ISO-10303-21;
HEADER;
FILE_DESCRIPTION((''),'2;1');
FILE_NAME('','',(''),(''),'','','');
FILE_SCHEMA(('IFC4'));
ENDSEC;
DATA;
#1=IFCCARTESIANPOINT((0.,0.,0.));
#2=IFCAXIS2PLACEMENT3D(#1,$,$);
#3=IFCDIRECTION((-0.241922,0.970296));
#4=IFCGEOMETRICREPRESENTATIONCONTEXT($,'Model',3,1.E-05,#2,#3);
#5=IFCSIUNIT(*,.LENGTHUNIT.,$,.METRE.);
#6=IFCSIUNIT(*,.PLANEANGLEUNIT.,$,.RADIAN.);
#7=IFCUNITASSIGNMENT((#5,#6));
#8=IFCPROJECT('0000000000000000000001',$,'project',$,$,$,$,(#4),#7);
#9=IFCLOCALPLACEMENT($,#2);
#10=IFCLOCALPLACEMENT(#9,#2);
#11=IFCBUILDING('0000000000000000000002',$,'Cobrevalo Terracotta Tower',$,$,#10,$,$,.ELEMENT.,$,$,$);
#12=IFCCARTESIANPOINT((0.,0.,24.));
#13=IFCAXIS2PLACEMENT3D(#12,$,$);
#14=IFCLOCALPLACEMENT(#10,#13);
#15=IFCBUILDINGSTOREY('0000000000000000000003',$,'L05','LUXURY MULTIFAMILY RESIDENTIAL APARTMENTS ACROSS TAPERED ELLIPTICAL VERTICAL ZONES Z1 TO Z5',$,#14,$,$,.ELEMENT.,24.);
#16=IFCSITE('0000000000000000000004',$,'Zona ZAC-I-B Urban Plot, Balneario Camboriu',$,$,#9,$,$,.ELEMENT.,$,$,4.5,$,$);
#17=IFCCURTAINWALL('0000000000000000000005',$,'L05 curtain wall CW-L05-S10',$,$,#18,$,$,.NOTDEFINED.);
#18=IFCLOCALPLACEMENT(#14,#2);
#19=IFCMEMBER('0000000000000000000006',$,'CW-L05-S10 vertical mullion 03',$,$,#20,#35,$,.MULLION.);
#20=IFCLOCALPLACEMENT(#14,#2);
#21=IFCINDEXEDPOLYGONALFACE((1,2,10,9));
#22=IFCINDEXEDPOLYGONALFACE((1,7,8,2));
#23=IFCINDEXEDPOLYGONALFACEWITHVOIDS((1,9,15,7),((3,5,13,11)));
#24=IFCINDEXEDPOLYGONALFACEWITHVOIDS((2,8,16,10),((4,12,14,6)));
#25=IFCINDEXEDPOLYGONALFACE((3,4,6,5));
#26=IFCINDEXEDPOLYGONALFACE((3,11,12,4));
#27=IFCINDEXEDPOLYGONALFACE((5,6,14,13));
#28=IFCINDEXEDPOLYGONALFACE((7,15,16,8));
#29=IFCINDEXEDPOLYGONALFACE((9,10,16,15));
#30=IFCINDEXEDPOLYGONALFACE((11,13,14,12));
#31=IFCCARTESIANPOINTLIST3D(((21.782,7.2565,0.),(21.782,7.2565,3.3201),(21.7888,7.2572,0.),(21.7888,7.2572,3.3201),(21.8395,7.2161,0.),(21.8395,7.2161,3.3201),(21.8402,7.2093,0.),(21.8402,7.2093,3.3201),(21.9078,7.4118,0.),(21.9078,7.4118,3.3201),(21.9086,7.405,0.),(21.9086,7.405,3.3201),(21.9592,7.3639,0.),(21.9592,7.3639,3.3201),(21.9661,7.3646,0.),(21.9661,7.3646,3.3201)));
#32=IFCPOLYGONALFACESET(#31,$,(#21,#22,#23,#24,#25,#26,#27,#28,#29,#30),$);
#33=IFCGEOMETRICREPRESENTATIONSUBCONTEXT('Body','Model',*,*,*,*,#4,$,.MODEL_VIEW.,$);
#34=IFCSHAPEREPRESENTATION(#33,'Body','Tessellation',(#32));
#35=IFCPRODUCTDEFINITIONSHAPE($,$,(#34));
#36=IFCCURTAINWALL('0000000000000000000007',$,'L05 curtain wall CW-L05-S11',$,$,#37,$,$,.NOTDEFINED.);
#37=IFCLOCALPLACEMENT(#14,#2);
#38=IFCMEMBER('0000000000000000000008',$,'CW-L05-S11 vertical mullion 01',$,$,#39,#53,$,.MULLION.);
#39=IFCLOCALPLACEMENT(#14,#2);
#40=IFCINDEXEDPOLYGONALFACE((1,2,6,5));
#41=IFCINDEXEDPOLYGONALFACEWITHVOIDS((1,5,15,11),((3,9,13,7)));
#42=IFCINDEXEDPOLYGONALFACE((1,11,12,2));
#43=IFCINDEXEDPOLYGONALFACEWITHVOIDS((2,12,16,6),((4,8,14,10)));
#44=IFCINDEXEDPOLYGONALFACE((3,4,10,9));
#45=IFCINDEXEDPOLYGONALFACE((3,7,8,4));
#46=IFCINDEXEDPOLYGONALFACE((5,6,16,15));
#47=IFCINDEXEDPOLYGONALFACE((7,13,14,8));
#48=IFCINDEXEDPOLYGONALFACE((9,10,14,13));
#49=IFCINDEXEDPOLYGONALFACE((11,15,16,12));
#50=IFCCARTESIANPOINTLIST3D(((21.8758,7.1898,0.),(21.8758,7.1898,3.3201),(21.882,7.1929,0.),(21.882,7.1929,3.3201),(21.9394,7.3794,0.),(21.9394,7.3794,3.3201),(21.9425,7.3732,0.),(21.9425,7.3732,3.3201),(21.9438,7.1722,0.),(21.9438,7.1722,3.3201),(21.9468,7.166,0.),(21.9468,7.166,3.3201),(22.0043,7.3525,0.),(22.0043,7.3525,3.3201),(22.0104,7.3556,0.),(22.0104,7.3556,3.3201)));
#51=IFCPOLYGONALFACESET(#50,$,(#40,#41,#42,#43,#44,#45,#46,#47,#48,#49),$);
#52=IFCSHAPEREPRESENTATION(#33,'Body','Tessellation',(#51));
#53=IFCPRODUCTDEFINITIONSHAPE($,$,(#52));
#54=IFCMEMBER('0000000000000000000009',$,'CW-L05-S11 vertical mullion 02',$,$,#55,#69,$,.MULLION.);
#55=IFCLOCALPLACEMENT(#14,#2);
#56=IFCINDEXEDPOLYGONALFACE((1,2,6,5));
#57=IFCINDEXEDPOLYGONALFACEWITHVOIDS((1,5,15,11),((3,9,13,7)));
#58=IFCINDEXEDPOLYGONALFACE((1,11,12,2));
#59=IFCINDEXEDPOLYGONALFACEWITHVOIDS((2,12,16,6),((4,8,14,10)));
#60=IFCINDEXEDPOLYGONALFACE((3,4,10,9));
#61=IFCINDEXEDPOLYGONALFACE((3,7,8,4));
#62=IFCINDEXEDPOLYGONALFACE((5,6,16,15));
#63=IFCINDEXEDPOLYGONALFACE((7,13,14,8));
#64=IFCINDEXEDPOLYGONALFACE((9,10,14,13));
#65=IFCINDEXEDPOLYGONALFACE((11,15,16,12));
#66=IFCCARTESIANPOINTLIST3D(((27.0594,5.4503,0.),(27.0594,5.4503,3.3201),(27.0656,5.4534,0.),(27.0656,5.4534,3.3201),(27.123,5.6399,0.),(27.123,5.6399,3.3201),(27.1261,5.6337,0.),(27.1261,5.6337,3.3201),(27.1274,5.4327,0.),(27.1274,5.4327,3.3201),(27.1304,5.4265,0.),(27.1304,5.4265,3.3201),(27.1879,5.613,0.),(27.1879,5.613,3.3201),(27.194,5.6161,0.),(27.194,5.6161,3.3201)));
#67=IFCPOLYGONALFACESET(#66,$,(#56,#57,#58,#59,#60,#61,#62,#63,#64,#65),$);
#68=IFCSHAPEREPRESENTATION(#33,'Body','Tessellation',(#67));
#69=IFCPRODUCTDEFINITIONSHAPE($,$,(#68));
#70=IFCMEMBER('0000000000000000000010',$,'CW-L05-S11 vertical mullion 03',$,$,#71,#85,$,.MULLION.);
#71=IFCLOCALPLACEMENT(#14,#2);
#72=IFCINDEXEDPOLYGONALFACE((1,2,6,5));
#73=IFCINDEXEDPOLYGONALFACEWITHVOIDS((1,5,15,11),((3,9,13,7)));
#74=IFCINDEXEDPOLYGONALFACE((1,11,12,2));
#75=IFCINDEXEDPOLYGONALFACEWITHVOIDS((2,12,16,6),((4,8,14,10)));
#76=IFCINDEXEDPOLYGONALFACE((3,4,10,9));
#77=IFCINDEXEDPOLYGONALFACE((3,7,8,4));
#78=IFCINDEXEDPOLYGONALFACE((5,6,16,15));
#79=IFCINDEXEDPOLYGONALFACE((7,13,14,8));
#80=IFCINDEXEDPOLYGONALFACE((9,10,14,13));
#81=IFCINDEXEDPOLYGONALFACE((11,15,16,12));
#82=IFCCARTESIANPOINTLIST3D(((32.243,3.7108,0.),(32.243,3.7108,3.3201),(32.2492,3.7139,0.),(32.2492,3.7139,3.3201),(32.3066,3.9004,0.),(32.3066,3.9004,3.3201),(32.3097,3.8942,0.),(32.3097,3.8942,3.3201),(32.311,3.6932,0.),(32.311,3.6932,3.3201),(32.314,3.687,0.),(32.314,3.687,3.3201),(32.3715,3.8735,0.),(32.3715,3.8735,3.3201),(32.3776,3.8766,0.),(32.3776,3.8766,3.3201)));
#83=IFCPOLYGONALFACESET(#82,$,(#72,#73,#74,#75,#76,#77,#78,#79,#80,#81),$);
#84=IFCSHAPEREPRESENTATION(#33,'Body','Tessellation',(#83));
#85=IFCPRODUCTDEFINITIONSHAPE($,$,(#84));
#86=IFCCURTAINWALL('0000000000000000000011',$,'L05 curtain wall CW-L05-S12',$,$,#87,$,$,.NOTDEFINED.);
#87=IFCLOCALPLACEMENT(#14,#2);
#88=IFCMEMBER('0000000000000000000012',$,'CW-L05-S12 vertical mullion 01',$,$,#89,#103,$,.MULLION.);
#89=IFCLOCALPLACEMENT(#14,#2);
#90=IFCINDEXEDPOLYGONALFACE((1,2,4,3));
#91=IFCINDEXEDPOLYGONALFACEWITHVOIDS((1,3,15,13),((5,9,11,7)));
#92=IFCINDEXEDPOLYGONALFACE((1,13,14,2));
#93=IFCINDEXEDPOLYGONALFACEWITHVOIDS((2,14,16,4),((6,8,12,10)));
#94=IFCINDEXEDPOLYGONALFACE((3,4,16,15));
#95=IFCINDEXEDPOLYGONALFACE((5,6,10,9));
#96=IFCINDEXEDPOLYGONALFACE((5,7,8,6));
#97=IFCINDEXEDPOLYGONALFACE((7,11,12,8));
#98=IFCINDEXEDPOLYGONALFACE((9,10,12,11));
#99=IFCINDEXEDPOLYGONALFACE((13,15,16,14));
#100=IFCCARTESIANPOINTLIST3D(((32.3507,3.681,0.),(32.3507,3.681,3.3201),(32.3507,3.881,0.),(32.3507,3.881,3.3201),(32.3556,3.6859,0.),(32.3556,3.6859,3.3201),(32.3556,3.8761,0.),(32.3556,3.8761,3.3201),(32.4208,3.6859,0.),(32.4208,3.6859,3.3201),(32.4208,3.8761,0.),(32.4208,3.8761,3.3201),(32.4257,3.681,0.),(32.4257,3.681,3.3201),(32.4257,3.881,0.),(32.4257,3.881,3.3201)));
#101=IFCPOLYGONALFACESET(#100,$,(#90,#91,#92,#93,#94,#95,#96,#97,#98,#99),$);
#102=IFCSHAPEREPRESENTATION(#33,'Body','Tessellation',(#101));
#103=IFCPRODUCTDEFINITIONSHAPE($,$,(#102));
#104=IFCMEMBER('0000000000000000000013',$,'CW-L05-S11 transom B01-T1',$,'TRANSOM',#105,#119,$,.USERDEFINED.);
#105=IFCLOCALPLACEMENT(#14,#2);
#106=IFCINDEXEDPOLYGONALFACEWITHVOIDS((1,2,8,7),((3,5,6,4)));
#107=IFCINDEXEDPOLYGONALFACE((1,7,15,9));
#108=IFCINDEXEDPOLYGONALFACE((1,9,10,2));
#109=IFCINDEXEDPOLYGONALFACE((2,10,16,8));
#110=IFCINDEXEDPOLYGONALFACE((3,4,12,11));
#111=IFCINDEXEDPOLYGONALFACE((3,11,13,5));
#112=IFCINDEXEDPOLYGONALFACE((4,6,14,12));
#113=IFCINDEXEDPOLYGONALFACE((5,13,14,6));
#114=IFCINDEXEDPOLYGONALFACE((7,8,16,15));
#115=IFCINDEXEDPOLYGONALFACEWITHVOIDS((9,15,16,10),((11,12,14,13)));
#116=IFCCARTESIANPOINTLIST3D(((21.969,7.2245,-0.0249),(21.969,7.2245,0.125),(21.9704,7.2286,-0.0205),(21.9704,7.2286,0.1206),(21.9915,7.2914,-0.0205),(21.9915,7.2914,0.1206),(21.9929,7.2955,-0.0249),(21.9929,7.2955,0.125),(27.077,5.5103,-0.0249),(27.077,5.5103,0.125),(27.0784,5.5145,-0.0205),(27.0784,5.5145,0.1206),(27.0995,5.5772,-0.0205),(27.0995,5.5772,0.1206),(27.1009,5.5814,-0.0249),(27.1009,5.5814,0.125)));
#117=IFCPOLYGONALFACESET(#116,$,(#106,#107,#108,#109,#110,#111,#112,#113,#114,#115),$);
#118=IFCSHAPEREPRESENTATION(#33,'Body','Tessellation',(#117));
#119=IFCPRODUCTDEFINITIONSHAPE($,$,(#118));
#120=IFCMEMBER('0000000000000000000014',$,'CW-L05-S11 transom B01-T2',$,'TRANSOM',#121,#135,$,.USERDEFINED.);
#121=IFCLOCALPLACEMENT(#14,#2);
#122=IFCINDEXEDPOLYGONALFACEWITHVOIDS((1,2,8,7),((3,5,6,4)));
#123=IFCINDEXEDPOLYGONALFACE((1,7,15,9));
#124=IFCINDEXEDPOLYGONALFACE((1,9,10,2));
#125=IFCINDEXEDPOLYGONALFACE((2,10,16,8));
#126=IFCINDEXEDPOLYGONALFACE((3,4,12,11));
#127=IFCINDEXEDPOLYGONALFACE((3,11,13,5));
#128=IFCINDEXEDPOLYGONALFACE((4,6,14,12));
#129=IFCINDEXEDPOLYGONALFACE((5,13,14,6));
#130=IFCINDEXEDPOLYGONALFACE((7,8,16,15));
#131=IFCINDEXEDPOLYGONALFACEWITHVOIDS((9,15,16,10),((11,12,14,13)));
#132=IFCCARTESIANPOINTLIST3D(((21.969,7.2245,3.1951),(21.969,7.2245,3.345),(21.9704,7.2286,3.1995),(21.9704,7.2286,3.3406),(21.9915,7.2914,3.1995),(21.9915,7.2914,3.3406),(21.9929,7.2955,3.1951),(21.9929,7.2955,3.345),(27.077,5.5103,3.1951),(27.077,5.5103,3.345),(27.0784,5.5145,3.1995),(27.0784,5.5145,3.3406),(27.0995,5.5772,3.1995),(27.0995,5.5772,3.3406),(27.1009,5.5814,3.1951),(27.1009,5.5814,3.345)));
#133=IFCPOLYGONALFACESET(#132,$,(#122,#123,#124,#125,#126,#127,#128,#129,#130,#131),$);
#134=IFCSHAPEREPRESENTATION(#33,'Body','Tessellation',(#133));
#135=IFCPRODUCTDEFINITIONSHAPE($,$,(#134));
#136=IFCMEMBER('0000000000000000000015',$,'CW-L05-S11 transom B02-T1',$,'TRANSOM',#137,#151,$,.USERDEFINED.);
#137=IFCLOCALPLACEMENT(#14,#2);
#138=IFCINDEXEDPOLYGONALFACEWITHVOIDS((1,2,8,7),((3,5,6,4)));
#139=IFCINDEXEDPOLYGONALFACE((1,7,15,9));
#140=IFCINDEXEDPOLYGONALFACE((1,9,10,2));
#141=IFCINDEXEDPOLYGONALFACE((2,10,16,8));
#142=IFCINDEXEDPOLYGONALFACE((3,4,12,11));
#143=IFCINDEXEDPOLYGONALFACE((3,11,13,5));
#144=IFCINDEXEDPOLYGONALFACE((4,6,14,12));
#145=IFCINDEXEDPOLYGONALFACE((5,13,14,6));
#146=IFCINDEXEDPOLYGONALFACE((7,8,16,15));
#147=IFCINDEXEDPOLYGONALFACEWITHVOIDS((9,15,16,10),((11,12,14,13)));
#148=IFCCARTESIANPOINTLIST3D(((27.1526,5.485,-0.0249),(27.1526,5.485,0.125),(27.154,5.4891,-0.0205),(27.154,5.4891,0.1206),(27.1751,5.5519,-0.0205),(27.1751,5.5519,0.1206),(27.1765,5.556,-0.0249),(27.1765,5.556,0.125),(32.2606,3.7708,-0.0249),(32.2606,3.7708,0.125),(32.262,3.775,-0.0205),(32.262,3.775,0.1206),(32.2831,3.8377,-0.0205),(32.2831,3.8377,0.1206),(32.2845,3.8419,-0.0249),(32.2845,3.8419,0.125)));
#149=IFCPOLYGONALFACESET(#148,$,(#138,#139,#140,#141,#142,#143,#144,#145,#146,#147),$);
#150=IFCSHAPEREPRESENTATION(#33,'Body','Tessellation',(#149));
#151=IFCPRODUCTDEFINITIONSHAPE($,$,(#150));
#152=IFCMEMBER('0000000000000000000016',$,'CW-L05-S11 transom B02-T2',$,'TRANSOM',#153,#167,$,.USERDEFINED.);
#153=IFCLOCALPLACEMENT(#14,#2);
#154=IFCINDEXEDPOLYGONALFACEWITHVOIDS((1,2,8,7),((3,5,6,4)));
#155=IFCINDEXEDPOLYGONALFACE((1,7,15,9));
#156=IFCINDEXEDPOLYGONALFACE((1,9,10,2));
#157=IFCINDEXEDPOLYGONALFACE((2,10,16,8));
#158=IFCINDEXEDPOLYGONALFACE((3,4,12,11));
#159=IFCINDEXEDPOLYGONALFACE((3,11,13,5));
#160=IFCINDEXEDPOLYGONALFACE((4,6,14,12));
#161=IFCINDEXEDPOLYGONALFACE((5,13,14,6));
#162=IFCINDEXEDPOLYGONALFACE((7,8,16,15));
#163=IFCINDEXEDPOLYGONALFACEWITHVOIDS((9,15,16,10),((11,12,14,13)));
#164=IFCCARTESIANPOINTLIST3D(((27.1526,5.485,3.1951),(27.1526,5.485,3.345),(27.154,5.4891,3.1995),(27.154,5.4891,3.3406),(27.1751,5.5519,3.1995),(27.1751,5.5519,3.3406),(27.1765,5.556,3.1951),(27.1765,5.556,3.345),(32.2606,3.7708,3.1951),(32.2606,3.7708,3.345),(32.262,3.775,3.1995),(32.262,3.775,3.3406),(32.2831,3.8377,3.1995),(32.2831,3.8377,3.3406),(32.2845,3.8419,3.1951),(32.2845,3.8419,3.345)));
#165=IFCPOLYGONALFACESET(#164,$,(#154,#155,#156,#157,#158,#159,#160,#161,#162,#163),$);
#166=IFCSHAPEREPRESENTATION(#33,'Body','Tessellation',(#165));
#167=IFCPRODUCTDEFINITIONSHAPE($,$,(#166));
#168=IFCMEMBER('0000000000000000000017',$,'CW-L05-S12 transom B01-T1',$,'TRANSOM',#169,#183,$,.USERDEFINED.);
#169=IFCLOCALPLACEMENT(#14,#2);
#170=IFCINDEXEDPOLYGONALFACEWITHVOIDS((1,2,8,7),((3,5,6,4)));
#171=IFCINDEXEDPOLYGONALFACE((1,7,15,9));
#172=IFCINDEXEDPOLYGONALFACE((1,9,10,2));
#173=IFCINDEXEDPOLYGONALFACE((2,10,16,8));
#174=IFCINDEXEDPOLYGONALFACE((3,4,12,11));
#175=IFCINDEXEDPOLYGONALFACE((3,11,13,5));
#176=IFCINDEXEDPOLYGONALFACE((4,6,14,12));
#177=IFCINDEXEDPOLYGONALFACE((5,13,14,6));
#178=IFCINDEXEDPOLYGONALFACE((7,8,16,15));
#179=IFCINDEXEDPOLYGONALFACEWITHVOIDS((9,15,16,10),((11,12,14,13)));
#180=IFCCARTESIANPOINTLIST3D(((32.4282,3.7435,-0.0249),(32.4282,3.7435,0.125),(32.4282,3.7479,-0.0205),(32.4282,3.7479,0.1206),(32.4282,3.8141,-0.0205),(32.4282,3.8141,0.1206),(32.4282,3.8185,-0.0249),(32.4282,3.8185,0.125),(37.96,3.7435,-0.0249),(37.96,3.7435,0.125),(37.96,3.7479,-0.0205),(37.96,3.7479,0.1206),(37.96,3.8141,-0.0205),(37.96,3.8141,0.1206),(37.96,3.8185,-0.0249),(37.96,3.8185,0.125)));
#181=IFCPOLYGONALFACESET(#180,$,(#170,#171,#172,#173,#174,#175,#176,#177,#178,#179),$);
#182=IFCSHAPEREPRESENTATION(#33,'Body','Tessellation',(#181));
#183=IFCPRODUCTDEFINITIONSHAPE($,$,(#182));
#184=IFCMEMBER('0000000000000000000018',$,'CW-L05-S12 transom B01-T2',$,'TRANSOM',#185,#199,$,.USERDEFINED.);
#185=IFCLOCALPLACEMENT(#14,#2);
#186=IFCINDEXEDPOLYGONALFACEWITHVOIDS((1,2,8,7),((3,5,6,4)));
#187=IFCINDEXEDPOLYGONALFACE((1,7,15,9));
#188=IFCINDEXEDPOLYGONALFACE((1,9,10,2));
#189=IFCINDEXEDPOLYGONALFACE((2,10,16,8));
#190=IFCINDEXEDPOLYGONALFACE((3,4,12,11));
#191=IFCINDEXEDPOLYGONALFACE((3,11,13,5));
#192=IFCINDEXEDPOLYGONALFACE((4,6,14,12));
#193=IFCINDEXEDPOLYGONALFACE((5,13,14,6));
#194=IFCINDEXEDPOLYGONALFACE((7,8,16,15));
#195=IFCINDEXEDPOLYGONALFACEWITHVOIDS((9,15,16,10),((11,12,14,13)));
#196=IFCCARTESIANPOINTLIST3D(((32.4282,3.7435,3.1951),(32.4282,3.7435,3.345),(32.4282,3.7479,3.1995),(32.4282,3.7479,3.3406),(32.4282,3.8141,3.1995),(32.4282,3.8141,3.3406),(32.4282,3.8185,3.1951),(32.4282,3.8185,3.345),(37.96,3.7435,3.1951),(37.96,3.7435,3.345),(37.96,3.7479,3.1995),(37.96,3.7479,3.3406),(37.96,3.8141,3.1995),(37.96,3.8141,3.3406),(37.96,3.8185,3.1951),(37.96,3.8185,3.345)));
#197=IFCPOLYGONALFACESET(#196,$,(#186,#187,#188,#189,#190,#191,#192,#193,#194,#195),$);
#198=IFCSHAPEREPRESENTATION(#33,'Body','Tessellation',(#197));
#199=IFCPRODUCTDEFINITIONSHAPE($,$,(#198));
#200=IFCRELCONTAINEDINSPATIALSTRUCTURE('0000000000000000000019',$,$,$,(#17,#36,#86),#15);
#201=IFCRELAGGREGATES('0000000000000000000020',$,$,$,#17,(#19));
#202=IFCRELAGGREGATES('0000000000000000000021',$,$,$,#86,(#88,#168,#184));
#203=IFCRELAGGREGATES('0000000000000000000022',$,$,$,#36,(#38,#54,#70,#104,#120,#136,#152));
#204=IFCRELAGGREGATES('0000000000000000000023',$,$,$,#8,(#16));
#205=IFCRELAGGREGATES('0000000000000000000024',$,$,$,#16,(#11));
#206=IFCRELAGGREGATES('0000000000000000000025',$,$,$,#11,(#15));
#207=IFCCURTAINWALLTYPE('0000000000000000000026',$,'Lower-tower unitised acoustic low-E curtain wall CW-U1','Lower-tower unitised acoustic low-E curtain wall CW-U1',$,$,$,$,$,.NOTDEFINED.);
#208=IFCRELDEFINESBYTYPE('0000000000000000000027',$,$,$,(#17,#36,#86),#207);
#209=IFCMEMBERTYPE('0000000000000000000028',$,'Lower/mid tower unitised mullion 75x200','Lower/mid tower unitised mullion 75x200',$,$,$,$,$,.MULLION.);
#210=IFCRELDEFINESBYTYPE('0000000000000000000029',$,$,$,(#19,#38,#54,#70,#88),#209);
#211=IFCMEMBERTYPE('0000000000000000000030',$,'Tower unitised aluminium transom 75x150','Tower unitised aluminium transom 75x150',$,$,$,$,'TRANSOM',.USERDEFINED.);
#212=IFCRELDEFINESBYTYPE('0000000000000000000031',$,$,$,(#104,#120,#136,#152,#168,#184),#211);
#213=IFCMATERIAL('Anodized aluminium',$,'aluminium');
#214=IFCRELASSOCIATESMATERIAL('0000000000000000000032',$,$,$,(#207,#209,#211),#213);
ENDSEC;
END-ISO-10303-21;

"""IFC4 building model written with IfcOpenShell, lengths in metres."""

from ifc_helpers import new_model, si_unit, direction, frame, origin, origin_2d, place, context, subcontext, project, spatial, hollow_rectangle, extrude, source, transform, mapped, material, material_profile, profile_set, type_object, element, aggregate, save


model = new_model("IFC4")

# Units and contexts
model_context = context("Model", 3, precision=1e-05, world=origin(), true_north=direction((-0.241922, 0.970296)))
body_context = subcontext(model_context, "Body", "Model", "MODEL_VIEW")
ifc_project = project(units=[si_unit("LENGTHUNIT", "METRE"), si_unit("PLANEANGLEUNIT", "RADIAN")], contexts=[model_context])

# Site, building, storey
site_placement = place(None, origin())
site = spatial("IfcSite", under=ifc_project, at=site_placement, Name="Zona ZAC-I-B Urban Plot, Balneario Camboriu", CompositionType="ELEMENT", RefElevation=4.5)
building_placement = place(site_placement, origin())
building = spatial("IfcBuilding", under=site, at=building_placement, Name="Cobrevalo Terracotta Tower", CompositionType="ELEMENT")
storey_placement = place(building_placement, frame((0.0, 0.0, 24.0)))
storey = spatial("IfcBuildingStorey", under=building, at=storey_placement, Name="L05", Description="LUXURY MULTIFAMILY RESIDENTIAL APARTMENTS ACROSS TAPERED ELLIPTICAL VERTICAL ZONES Z1 TO Z5", CompositionType="ELEMENT", Elevation=24.0)

# Curtain wall, member
ifc_material_1 = material(Name="Anodized aluminium", Category="aluminium")
curtain_wall_type = type_object("IfcCurtainWallType", Name="Lower-tower unitised acoustic low-E curtain wall CW-U1", Description="Lower-tower unitised acoustic low-E curtain wall CW-U1", PredefinedType="NOTDEFINED", material=ifc_material_1)
curtain_wall_1_placement = place(storey_placement, origin())
curtain_wall_1 = element("IfcCurtainWall", 1, at=curtain_wall_1_placement, inside=storey, type_object=curtain_wall_type, Name="L05 curtain wall CW-L05-S10", PredefinedType="NOTDEFINED")
ifc_material_profile_1 = material_profile(ifc_material_1, hollow_rectangle(XDim=0.075, YDim=0.2, WallThickness=0.0049, at=origin_2d()), Name="CWM 75x200")
ifc_profile_set_1 = profile_set([ifc_material_profile_1], Name="Anodized aluminium")
member_type_1 = type_object("IfcMemberType", Name="Lower/mid tower unitised mullion 75x200", Description="Lower/mid tower unitised mullion 75x200", PredefinedType="MULLION", material=ifc_profile_set_1)
shared_shape_1 = source(origin(), body_context, "Body", "SweptSolid", [
    extrude(hollow_rectangle(XDim=0.075, YDim=0.2, WallThickness=0.0049, at=origin_2d()), origin(), (0.0, 0.0, 1.0), 3.3201),
])
member_1_placement = place(storey_placement, frame((21.874, 7.3105, 0.0), z_axis=(0.0, 0.0, 1.0), x_axis=(0.777003, -0.629497, 0.0)))
member_1 = element("IfcMember", 2, at=member_1_placement, type_object=member_type_1, Name="CW-L05-S10 vertical mullion 03", PredefinedType="MULLION", context=body_context, shape_type="MappedRepresentation", body=[
    mapped(shared_shape_1, transform((0.0, 0.0, 0.0), scale=1.0)),
])
aggregate(curtain_wall_1, [member_1])

# Curtain wall, members
curtain_wall_2_placement = place(storey_placement, origin())
curtain_wall_2 = element("IfcCurtainWall", 3, at=curtain_wall_2_placement, inside=storey, type_object=curtain_wall_type, Name="L05 curtain wall CW-L05-S11", PredefinedType="NOTDEFINED")
member_2_placement = place(storey_placement, frame((21.9431, 7.2727, 0.0), z_axis=(0.0, 0.0, 1.0), x_axis=(0.948046, -0.318132, 0.0)))
member_2 = element("IfcMember", 4, at=member_2_placement, type_object=member_type_1, Name="CW-L05-S11 vertical mullion 01", PredefinedType="MULLION", context=body_context, shape_type="MappedRepresentation", body=[
    mapped(shared_shape_1, transform((0.0, 0.0, 0.0), scale=1.0)),
])
member_3_placement = place(storey_placement, frame((27.1267, 5.5332, 0.0), z_axis=(0.0, 0.0, 1.0), x_axis=(0.948046, -0.318132, 0.0)))
member_3 = element("IfcMember", 5, at=member_3_placement, type_object=member_type_1, Name="CW-L05-S11 vertical mullion 02", PredefinedType="MULLION", context=body_context, shape_type="MappedRepresentation", body=[
    mapped(shared_shape_1, transform((0.0, 0.0, 0.0), scale=1.0)),
])
member_4_placement = place(storey_placement, frame((32.3103, 3.7937, 0.0), z_axis=(0.0, 0.0, 1.0), x_axis=(0.948046, -0.318132, 0.0)))
member_4 = element("IfcMember", 6, at=member_4_placement, type_object=member_type_1, Name="CW-L05-S11 vertical mullion 03", PredefinedType="MULLION", context=body_context, shape_type="MappedRepresentation", body=[
    mapped(shared_shape_1, transform((0.0, 0.0, 0.0), scale=1.0)),
])

# Curtain wall, member
curtain_wall_3_placement = place(storey_placement, origin())
curtain_wall_3 = element("IfcCurtainWall", 7, at=curtain_wall_3_placement, inside=storey, type_object=curtain_wall_type, Name="L05 curtain wall CW-L05-S12", PredefinedType="NOTDEFINED")
member_5_placement = place(storey_placement, frame((32.3882, 3.781, 0.0), z_axis=(0.0, 0.0, 1.0), x_axis=(1.0, 0.0, 0.0)))
member_5 = element("IfcMember", 8, at=member_5_placement, type_object=member_type_1, Name="CW-L05-S12 vertical mullion 01", PredefinedType="MULLION", context=body_context, shape_type="MappedRepresentation", body=[
    mapped(shared_shape_1, transform((0.0, 0.0, 0.0), scale=1.0)),
])

# Members
ifc_material_profile_2 = material_profile(ifc_material_1, hollow_rectangle(XDim=0.075, YDim=0.1499, WallThickness=0.0044, at=origin_2d()), Name="CWT 75x150")
ifc_profile_set_2 = profile_set([ifc_material_profile_2], Name="Anodized aluminium")
member_type_2 = type_object("IfcMemberType", Name="Tower unitised aluminium transom 75x150", Description="Tower unitised aluminium transom 75x150", ElementType="TRANSOM", PredefinedType="USERDEFINED", material=ifc_profile_set_2)
shared_shape_2 = source(origin(), body_context, "Body", "SweptSolid", [
    extrude(hollow_rectangle(XDim=0.075, YDim=0.1499, WallThickness=0.0044, at=origin_2d()), origin(), (0.0, 0.0, 1.0), 5.3879),
])
member_6_placement = place(storey_placement, frame((21.981, 7.26, 0.05), z_axis=(0.948042, -0.318144, 0.0), x_axis=(0.318144, 0.948042, 0.0)))
member_6 = element("IfcMember", 9, at=member_6_placement, type_object=member_type_2, Name="CW-L05-S11 transom B01-T1", ObjectType="TRANSOM", PredefinedType="USERDEFINED", context=body_context, shape_type="MappedRepresentation", body=[
    mapped(shared_shape_2, transform((0.0, 0.0, 0.0), scale=1.0)),
])
member_7_placement = place(storey_placement, frame((21.981, 7.26, 3.27), z_axis=(0.948042, -0.318144, 0.0), x_axis=(0.318144, 0.948042, 0.0)))
member_7 = element("IfcMember", 10, at=member_7_placement, type_object=member_type_2, Name="CW-L05-S11 transom B01-T2", ObjectType="TRANSOM", PredefinedType="USERDEFINED", context=body_context, shape_type="MappedRepresentation", body=[
    mapped(shared_shape_2, transform((0.0, 0.0, 0.0), scale=1.0)),
])
member_8_placement = place(storey_placement, frame((27.1646, 5.5205, 0.05), z_axis=(0.948042, -0.318144, 0.0), x_axis=(0.318144, 0.948042, 0.0)))
member_8 = element("IfcMember", 11, at=member_8_placement, type_object=member_type_2, Name="CW-L05-S11 transom B02-T1", ObjectType="TRANSOM", PredefinedType="USERDEFINED", context=body_context, shape_type="MappedRepresentation", body=[
    mapped(shared_shape_2, transform((0.0, 0.0, 0.0), scale=1.0)),
])
member_9_placement = place(storey_placement, frame((27.1646, 5.5205, 3.27), z_axis=(0.948042, -0.318144, 0.0), x_axis=(0.318144, 0.948042, 0.0)))
member_9 = element("IfcMember", 12, at=member_9_placement, type_object=member_type_2, Name="CW-L05-S11 transom B02-T2", ObjectType="TRANSOM", PredefinedType="USERDEFINED", context=body_context, shape_type="MappedRepresentation", body=[
    mapped(shared_shape_2, transform((0.0, 0.0, 0.0), scale=1.0)),
])
shared_shape_3 = source(origin(), body_context, "Body", "SweptSolid", [
    extrude(hollow_rectangle(XDim=0.075, YDim=0.1499, WallThickness=0.0044, at=origin_2d()), origin(), (0.0, 0.0, 1.0), 5.5317),
])
member_10_placement = place(storey_placement, frame((32.4282, 3.781, 0.05), z_axis=(1.0, 0.0, 0.0), x_axis=(0.0, 1.0, 0.0)))
member_10 = element("IfcMember", 13, at=member_10_placement, type_object=member_type_2, Name="CW-L05-S12 transom B01-T1", ObjectType="TRANSOM", PredefinedType="USERDEFINED", context=body_context, shape_type="MappedRepresentation", body=[
    mapped(shared_shape_3, transform((0.0, 0.0, 0.0), scale=1.0)),
])
member_11_placement = place(storey_placement, frame((32.4282, 3.781, 3.27), z_axis=(1.0, 0.0, 0.0), x_axis=(0.0, 1.0, 0.0)))
member_11 = element("IfcMember", 14, at=member_11_placement, type_object=member_type_2, Name="CW-L05-S12 transom B01-T2", ObjectType="TRANSOM", PredefinedType="USERDEFINED", context=body_context, shape_type="MappedRepresentation", body=[
    mapped(shared_shape_3, transform((0.0, 0.0, 0.0), scale=1.0)),
])
aggregate(curtain_wall_3, [member_5, member_10, member_11])

aggregate(curtain_wall_2, [member_2, member_3, member_4, member_6, member_7, member_8, member_9])

save(model, "model.ifc")
